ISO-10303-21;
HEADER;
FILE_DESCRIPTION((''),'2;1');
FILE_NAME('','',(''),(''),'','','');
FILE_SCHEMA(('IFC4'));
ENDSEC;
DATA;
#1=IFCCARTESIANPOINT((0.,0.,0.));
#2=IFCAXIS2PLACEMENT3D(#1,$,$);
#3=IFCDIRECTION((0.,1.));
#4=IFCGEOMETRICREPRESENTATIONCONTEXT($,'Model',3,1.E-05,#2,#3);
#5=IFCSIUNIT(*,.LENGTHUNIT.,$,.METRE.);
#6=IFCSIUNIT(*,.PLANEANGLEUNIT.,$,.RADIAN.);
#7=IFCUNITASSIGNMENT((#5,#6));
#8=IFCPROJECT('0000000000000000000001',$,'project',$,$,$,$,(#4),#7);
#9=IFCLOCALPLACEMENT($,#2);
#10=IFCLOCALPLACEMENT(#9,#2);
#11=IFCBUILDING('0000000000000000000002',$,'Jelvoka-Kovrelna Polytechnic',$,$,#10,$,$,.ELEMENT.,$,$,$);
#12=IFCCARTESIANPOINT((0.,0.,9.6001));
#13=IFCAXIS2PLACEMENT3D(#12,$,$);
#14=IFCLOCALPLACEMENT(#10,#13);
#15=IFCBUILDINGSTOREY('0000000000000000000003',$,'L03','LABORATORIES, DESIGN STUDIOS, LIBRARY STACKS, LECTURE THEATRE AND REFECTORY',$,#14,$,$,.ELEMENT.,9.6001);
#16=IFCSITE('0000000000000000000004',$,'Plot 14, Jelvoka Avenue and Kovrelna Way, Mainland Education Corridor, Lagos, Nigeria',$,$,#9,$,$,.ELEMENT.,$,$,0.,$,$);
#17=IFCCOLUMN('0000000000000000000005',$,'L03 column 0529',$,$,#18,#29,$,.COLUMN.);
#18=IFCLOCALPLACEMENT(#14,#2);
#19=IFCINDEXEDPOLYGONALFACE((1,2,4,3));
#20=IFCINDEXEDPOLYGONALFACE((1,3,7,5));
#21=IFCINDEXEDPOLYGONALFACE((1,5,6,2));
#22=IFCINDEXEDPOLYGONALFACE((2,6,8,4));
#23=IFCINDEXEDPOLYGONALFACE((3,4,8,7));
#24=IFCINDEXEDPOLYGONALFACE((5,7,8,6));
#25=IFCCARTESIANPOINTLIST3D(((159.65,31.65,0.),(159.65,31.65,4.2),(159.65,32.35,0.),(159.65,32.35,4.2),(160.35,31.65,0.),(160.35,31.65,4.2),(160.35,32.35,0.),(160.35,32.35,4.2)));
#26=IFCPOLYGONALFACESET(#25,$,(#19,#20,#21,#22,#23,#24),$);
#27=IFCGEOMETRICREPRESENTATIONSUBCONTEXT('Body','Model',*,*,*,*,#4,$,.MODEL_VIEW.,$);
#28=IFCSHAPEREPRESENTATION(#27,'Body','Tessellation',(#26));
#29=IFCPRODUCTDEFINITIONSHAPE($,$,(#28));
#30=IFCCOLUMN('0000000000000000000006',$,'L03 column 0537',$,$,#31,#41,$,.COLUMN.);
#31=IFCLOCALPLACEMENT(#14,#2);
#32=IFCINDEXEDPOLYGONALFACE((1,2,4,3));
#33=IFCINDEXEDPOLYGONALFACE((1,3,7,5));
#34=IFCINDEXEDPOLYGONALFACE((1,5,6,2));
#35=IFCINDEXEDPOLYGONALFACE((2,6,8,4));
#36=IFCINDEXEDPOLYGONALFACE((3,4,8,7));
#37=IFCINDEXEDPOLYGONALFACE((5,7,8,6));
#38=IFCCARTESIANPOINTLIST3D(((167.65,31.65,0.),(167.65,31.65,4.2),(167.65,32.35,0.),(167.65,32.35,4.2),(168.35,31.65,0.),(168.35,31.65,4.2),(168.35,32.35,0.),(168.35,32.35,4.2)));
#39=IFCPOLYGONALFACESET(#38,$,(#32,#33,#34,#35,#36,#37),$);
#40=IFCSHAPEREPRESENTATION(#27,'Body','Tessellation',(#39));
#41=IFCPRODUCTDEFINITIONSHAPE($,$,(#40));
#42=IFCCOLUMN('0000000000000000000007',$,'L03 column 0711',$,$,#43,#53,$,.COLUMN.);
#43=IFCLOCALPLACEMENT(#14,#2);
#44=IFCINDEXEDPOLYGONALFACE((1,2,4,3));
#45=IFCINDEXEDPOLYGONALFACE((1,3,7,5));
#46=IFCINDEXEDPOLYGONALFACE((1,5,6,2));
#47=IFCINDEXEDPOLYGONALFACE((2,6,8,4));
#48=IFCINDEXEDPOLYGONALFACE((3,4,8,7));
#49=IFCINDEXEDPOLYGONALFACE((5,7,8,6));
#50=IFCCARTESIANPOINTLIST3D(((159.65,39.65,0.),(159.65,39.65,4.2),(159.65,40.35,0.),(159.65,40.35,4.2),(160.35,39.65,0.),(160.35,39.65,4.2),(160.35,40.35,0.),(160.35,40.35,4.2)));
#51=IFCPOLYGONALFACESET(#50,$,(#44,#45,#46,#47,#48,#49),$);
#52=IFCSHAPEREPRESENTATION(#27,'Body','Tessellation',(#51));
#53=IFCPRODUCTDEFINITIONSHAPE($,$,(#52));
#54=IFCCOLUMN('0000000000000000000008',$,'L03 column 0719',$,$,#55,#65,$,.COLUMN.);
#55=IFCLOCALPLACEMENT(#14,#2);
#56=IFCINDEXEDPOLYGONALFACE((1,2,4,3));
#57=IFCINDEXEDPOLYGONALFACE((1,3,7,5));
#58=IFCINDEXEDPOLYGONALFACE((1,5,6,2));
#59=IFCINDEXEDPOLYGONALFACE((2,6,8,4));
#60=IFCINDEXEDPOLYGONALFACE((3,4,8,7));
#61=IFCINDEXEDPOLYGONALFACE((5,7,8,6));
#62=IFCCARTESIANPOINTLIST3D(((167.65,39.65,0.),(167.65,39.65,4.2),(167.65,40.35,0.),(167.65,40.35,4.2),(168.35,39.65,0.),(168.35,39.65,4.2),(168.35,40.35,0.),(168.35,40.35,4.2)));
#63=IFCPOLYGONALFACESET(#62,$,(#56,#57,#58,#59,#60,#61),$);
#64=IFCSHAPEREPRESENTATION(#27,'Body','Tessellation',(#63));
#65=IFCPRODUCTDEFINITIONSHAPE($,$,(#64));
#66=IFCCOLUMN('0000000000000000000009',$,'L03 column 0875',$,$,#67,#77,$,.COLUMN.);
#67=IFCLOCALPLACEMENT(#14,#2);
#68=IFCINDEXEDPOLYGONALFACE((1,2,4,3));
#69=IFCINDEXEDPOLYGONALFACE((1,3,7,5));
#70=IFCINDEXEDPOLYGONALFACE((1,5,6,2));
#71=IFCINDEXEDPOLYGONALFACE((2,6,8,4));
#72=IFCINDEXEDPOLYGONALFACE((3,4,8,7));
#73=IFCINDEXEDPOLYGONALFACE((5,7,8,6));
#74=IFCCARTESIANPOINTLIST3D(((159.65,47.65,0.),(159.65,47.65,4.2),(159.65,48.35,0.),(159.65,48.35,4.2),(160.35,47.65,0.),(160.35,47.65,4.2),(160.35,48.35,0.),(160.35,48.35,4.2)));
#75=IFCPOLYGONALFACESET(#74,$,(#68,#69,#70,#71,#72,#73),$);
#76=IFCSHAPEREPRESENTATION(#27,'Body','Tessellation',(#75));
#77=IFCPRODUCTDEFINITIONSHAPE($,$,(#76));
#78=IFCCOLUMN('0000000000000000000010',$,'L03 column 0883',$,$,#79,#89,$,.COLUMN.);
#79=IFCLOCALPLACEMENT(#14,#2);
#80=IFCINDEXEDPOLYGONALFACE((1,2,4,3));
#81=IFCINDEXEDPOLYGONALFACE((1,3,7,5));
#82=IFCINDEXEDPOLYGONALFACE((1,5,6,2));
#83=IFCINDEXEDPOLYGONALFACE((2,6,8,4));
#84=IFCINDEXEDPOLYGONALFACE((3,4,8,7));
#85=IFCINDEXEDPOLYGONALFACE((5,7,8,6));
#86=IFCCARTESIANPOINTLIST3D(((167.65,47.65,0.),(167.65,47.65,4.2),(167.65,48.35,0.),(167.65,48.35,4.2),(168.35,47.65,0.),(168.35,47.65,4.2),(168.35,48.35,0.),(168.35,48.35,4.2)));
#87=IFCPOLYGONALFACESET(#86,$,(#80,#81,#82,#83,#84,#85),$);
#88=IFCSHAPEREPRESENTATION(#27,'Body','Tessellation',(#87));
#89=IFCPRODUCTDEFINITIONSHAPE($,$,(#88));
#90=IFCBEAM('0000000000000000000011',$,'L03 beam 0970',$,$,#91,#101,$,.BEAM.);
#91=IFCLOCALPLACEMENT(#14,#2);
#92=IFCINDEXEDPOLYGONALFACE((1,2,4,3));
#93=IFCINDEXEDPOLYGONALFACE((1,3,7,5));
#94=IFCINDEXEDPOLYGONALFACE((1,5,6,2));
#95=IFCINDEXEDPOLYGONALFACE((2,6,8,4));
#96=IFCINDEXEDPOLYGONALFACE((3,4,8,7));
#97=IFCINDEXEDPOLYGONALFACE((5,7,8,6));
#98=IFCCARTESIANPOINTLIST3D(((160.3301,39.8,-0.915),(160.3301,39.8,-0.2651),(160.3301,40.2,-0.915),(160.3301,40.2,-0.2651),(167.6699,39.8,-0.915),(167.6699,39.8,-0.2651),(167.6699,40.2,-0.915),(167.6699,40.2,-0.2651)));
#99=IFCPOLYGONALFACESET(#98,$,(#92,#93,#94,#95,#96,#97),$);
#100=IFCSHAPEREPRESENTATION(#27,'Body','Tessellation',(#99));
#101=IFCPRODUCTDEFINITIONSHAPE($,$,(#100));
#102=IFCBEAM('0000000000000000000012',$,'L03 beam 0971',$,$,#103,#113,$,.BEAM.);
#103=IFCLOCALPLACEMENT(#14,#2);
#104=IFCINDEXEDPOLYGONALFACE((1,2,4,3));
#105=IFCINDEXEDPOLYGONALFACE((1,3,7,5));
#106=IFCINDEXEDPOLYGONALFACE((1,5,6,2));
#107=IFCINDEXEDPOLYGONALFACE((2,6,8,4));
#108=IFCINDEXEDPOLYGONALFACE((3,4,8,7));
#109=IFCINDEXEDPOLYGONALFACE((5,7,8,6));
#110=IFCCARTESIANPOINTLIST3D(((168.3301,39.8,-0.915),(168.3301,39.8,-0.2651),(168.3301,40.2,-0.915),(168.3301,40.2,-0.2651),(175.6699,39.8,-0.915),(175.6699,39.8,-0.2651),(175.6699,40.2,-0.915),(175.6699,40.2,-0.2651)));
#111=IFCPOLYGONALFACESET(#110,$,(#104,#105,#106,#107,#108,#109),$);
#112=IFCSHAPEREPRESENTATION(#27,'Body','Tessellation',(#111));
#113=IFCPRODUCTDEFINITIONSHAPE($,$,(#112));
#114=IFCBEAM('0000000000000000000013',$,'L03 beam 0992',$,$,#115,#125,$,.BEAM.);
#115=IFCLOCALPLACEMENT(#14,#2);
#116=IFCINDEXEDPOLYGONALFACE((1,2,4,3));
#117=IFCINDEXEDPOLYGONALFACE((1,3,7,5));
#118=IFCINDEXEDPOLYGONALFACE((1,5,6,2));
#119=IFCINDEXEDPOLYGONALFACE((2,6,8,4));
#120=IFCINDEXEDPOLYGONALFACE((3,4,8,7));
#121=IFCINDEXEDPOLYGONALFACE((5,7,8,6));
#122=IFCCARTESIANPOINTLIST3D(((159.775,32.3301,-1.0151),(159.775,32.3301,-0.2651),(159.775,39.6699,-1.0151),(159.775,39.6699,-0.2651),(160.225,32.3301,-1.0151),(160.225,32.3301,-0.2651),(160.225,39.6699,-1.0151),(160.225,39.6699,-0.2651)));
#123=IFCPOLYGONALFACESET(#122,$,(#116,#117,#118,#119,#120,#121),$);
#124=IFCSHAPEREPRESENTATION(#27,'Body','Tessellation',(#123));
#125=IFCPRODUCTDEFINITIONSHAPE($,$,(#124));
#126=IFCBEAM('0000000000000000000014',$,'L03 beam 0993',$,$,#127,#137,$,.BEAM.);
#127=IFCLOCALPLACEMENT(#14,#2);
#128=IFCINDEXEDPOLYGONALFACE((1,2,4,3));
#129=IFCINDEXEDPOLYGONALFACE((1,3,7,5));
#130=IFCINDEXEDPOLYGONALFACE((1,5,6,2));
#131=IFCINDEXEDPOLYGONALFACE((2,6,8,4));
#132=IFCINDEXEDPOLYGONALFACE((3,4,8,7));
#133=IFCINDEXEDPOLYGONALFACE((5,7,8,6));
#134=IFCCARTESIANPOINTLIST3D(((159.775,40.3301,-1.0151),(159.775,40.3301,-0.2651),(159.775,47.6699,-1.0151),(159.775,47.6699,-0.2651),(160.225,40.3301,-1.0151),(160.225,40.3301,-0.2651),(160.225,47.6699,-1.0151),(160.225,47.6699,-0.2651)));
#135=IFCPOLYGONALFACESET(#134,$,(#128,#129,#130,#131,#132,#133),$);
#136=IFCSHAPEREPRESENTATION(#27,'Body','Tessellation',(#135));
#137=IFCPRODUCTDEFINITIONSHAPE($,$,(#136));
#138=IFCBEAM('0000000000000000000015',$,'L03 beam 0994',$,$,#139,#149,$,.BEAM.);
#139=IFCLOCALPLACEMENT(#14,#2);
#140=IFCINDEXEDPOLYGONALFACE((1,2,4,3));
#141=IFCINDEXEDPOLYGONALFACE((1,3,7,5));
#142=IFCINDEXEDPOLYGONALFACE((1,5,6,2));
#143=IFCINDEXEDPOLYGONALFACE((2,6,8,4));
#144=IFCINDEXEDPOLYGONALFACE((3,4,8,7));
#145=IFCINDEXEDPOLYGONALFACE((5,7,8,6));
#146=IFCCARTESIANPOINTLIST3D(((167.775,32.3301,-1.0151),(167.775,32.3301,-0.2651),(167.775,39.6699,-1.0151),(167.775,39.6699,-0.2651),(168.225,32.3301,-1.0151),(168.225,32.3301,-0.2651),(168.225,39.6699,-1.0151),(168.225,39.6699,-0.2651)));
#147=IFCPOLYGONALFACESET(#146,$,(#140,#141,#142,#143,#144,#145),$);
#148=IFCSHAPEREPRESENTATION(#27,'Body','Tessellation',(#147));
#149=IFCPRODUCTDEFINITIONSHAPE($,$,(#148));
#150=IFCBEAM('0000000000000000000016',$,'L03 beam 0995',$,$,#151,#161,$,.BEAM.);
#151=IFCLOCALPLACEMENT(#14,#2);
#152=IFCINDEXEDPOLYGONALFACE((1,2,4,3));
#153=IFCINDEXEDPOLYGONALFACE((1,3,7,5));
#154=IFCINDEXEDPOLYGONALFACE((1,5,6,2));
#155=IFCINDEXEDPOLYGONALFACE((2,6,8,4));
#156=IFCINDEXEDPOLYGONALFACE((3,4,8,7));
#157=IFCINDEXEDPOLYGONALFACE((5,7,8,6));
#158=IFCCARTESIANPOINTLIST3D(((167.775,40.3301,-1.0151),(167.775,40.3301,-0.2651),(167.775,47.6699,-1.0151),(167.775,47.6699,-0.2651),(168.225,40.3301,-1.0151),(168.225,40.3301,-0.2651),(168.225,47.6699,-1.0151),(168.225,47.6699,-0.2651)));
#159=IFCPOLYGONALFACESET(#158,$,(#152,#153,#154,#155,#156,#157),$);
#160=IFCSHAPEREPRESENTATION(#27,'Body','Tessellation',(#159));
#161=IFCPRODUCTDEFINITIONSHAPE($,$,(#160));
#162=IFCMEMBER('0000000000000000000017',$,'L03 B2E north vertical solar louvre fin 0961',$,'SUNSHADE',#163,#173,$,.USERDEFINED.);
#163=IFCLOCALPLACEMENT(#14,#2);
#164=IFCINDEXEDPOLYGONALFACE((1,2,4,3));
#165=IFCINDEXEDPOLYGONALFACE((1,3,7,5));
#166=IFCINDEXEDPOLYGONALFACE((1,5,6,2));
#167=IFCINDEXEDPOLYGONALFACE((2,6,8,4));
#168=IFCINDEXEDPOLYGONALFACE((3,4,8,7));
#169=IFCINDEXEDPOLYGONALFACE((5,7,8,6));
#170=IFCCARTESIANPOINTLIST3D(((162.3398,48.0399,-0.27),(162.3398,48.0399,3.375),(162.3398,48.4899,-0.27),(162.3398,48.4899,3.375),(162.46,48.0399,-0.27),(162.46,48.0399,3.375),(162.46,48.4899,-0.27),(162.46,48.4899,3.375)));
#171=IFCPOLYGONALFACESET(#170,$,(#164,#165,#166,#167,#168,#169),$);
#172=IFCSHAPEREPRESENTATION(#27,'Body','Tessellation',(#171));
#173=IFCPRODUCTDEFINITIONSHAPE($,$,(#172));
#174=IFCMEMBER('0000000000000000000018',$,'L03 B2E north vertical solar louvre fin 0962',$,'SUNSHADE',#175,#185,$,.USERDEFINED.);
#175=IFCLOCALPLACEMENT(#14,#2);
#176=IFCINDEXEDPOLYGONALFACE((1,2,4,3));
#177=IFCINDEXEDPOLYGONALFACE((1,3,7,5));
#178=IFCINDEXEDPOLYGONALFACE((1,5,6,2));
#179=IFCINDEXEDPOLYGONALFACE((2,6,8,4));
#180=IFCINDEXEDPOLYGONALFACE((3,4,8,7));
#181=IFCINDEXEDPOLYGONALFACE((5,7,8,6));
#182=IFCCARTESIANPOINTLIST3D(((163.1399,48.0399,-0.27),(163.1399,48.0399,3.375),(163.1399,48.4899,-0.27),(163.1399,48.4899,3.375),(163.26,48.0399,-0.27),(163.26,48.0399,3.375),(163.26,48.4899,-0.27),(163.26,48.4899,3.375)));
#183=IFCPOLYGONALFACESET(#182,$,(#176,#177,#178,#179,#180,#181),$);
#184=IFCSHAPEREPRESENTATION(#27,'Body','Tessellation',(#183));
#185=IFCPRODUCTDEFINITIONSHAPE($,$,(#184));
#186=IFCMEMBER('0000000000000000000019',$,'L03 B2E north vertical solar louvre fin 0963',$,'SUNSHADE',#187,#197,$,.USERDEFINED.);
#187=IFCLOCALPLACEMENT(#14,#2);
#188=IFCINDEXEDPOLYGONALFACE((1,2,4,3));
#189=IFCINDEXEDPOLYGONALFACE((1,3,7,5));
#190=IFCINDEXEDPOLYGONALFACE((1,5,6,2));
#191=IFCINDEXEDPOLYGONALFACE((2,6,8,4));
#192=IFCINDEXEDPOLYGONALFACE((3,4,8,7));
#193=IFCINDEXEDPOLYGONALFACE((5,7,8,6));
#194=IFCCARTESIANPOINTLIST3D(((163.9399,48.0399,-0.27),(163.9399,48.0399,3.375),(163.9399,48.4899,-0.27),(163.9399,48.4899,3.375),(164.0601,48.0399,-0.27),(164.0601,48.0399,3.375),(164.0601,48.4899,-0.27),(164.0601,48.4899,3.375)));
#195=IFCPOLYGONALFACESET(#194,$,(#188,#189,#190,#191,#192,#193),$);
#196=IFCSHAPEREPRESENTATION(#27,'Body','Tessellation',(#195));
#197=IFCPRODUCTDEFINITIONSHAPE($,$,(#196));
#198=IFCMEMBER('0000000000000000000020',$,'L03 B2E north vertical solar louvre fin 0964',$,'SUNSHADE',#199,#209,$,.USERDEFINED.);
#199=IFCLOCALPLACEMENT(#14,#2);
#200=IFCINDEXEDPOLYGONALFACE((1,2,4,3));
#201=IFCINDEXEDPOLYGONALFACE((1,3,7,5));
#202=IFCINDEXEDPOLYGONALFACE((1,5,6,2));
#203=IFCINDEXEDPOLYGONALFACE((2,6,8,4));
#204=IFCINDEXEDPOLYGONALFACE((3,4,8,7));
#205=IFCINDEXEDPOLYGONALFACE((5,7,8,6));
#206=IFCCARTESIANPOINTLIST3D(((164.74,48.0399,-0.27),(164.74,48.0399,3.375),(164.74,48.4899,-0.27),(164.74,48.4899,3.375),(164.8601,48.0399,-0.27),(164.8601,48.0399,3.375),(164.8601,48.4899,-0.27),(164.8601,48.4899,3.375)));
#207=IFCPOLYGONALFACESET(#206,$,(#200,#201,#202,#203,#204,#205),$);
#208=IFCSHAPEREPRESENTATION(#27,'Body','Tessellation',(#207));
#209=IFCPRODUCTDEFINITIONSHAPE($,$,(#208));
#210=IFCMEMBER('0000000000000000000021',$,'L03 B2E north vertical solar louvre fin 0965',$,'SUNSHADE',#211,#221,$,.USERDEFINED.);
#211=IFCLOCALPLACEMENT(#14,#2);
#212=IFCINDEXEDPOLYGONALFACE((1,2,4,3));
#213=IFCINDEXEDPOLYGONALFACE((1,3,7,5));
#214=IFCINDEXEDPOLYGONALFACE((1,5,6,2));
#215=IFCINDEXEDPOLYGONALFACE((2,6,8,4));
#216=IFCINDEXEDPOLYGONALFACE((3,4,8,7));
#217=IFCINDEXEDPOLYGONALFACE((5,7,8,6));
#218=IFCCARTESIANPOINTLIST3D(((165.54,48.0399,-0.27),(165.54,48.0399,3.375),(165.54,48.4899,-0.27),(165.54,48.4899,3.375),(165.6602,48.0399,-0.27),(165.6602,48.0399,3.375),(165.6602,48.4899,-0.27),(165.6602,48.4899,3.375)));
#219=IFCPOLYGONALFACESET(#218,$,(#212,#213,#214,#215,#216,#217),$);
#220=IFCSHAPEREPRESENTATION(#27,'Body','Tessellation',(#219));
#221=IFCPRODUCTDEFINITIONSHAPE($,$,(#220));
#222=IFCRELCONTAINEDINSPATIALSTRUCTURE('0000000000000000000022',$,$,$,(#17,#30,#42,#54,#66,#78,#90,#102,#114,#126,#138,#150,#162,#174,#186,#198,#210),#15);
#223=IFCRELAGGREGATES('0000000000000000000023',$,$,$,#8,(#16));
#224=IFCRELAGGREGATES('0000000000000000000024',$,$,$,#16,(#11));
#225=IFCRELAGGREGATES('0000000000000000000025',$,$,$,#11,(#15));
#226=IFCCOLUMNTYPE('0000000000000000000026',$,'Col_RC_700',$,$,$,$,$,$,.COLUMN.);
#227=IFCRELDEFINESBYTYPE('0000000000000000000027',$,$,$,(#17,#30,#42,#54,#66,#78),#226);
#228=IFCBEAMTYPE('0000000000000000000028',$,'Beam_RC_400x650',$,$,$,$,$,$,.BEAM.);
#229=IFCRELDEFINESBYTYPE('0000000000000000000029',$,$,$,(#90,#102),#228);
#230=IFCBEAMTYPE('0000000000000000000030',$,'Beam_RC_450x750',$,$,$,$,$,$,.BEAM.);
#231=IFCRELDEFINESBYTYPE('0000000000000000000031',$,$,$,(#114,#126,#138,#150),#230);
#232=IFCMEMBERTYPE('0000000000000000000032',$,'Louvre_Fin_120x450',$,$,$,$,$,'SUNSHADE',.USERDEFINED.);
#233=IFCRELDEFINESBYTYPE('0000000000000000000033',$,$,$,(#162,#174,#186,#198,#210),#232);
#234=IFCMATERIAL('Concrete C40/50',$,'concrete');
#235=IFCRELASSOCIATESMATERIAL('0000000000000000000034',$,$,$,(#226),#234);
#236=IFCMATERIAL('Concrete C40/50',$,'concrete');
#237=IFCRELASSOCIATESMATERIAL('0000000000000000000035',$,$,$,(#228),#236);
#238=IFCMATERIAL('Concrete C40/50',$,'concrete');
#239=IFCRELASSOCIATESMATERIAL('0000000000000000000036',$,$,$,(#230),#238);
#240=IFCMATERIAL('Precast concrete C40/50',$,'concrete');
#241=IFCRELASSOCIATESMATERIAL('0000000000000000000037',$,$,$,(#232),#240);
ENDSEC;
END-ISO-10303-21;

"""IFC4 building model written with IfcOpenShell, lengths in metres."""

from ifc_helpers import new_model, si_unit, direction, frame, origin, origin_2d, place, context, subcontext, project, spatial, rectangle, extrude, material, material_profile, profile_set, type_object, element, save


model = new_model("IFC4")

# Units and contexts
model_context = context("Model", 3, precision=1e-05, world=origin(), true_north=direction((0.0, 1.0)))
body_context = subcontext(model_context, "Body", "Model", "MODEL_VIEW")
ifc_project = project(units=[si_unit("LENGTHUNIT", "METRE"), si_unit("PLANEANGLEUNIT", "RADIAN")], contexts=[model_context])

# Site, building, storey
site_placement = place(None, origin())
site = spatial("IfcSite", under=ifc_project, at=site_placement, Name="Plot 14, Jelvoka Avenue and Kovrelna Way, Mainland Education Corridor, Lagos, Nigeria", CompositionType="ELEMENT", RefElevation=0.0)
building_placement = place(site_placement, origin())
building = spatial("IfcBuilding", under=site, at=building_placement, Name="Jelvoka-Kovrelna Polytechnic", CompositionType="ELEMENT")
storey_placement = place(building_placement, frame((0.0, 0.0, 9.6001)))
storey = spatial("IfcBuildingStorey", under=building, at=storey_placement, Name="L03", Description="LABORATORIES, DESIGN STUDIOS, LIBRARY STACKS, LECTURE THEATRE AND REFECTORY", CompositionType="ELEMENT", Elevation=9.6001)

# Columns
ifc_material_1 = material(Name="Concrete C40/50", Category="concrete")
ifc_material_profile_1 = material_profile(ifc_material_1, rectangle(XDim=0.7, YDim=0.7, at=origin_2d()), Name="RC 700x700")
ifc_profile_set_1 = profile_set([ifc_material_profile_1], Name="Concrete C40/50")
column_type = type_object("IfcColumnType", Name="Col_RC_700", PredefinedType="COLUMN", material=ifc_profile_set_1)
for number, where, z_axis, x_axis, name in (
    (1, (160.0, 32.0, 0.0), (0.0, 0.0, 1.0), (1.0, 0.0, 0.0), "L03 column 0529"),
    (2, (168.0, 32.0, 0.0), (0.0, 0.0, 1.0), (1.0, 0.0, 0.0), "L03 column 0537"),
    (3, (160.0, 40.0, 0.0), (0.0, 0.0, 1.0), (1.0, 0.0, 0.0), "L03 column 0711"),
    (4, (168.0, 40.0, 0.0), (0.0, 0.0, 1.0), (1.0, 0.0, 0.0), "L03 column 0719"),
    (5, (160.0, 48.0, 0.0), (0.0, 0.0, 1.0), (1.0, 0.0, 0.0), "L03 column 0875"),
    (6, (168.0, 48.0, 0.0), (0.0, 0.0, 1.0), (1.0, 0.0, 0.0), "L03 column 0883"),
):
    element("IfcColumn", number, at=place(storey_placement, frame(where, z_axis=z_axis, x_axis=x_axis)), inside=storey, type_object=column_type, Name=name, PredefinedType="COLUMN", context=body_context, shape_type="SweptSolid", body=[
        extrude(rectangle(XDim=0.7, YDim=0.7, at=origin_2d()), origin(), (0.0, 0.0, 1.0), 4.2),
    ])

# Beams
ifc_material_2 = material(Name="Concrete C40/50", Category="concrete")
ifc_material_profile_2 = material_profile(ifc_material_2, rectangle(XDim=0.3999, YDim=0.6499, at=origin_2d()), Name="RC 400x650")
ifc_profile_set_2 = profile_set([ifc_material_profile_2], Name="Concrete C40/50")
beam_type_1 = type_object("IfcBeamType", Name="Beam_RC_400x650", PredefinedType="BEAM", material=ifc_profile_set_2)
for number, where, z_axis, x_axis, name in (
    (7, (160.3301, 40.0, -0.5901), (1.0, 0.0, 0.0), (0.0, 1.0, 0.0), "L03 beam 0970"),
    (8, (168.3301, 40.0, -0.5901), (1.0, 0.0, 0.0), (0.0, 1.0, 0.0), "L03 beam 0971"),
):
    element("IfcBeam", number, at=place(storey_placement, frame(where, z_axis=z_axis, x_axis=x_axis)), inside=storey, type_object=beam_type_1, Name=name, PredefinedType="BEAM", context=body_context, shape_type="SweptSolid", body=[
        extrude(rectangle(XDim=0.3999, YDim=0.6499, at=origin_2d()), origin(), (0.0, 0.0, 1.0), 7.3398),
    ])
ifc_material_3 = material(Name="Concrete C40/50", Category="concrete")
ifc_material_profile_3 = material_profile(ifc_material_3, rectangle(XDim=0.45, YDim=0.75, at=origin_2d()), Name="RC 450x750")
ifc_profile_set_3 = profile_set([ifc_material_profile_3], Name="Concrete C40/50")
beam_type_2 = type_object("IfcBeamType", Name="Beam_RC_450x750", PredefinedType="BEAM", material=ifc_profile_set_3)
for number, where, z_axis, x_axis, name in (
    (9, (160.0, 32.3301, -0.6401), (0.0, 1.0, 0.0), (-1.0, 0.0, 0.0), "L03 beam 0992"),
    (10, (160.0, 40.3301, -0.6401), (0.0, 1.0, 0.0), (-1.0, 0.0, 0.0), "L03 beam 0993"),
    (11, (168.0, 32.3301, -0.6401), (0.0, 1.0, 0.0), (-1.0, 0.0, 0.0), "L03 beam 0994"),
    (12, (168.0, 40.3301, -0.6401), (0.0, 1.0, 0.0), (-1.0, 0.0, 0.0), "L03 beam 0995"),
):
    element("IfcBeam", number, at=place(storey_placement, frame(where, z_axis=z_axis, x_axis=x_axis)), inside=storey, type_object=beam_type_2, Name=name, PredefinedType="BEAM", context=body_context, shape_type="SweptSolid", body=[
        extrude(rectangle(XDim=0.45, YDim=0.75, at=origin_2d()), origin(), (0.0, 0.0, 1.0), 7.3398),
    ])

# Members
ifc_material_4 = material(Name="Precast concrete C40/50", Category="concrete")
ifc_material_profile_4 = material_profile(ifc_material_4, rectangle(XDim=0.1201, YDim=0.45, at=origin_2d()), Name="PC 120x450")
ifc_profile_set_4 = profile_set([ifc_material_profile_4], Name="Precast concrete C40/50")
member_type_1 = type_object("IfcMemberType", Name="Louvre_Fin_120x450", ElementType="SUNSHADE", PredefinedType="USERDEFINED", material=ifc_profile_set_4)
for number, where, z_axis, x_axis, name in (
    (13, (162.3999, 48.2649, -0.27), (0.0, 0.0, 1.0), (1.0, 0.0, 0.0), "L03 B2E north vertical solar louvre fin 0961"),
    (14, (163.2, 48.2649, -0.27), (0.0, 0.0, 1.0), (1.0, 0.0, 0.0), "L03 B2E north vertical solar louvre fin 0962"),
    (15, (164.0, 48.2649, -0.27), (0.0, 0.0, 1.0), (1.0, 0.0, 0.0), "L03 B2E north vertical solar louvre fin 0963"),
    (16, (164.8, 48.2649, -0.27), (0.0, 0.0, 1.0), (1.0, 0.0, 0.0), "L03 B2E north vertical solar louvre fin 0964"),
    (17, (165.6001, 48.2649, -0.27), (0.0, 0.0, 1.0), (1.0, 0.0, 0.0), "L03 B2E north vertical solar louvre fin 0965"),
):
    element("IfcMember", number, at=place(storey_placement, frame(where, z_axis=z_axis, x_axis=x_axis)), inside=storey, type_object=member_type_1, Name=name, ObjectType="SUNSHADE", PredefinedType="USERDEFINED", context=body_context, shape_type="SweptSolid", body=[
        extrude(rectangle(XDim=0.1201, YDim=0.45, at=origin_2d()), origin(), (0.0, 0.0, 1.0), 3.645),
    ])

save(model, "model.ifc")
